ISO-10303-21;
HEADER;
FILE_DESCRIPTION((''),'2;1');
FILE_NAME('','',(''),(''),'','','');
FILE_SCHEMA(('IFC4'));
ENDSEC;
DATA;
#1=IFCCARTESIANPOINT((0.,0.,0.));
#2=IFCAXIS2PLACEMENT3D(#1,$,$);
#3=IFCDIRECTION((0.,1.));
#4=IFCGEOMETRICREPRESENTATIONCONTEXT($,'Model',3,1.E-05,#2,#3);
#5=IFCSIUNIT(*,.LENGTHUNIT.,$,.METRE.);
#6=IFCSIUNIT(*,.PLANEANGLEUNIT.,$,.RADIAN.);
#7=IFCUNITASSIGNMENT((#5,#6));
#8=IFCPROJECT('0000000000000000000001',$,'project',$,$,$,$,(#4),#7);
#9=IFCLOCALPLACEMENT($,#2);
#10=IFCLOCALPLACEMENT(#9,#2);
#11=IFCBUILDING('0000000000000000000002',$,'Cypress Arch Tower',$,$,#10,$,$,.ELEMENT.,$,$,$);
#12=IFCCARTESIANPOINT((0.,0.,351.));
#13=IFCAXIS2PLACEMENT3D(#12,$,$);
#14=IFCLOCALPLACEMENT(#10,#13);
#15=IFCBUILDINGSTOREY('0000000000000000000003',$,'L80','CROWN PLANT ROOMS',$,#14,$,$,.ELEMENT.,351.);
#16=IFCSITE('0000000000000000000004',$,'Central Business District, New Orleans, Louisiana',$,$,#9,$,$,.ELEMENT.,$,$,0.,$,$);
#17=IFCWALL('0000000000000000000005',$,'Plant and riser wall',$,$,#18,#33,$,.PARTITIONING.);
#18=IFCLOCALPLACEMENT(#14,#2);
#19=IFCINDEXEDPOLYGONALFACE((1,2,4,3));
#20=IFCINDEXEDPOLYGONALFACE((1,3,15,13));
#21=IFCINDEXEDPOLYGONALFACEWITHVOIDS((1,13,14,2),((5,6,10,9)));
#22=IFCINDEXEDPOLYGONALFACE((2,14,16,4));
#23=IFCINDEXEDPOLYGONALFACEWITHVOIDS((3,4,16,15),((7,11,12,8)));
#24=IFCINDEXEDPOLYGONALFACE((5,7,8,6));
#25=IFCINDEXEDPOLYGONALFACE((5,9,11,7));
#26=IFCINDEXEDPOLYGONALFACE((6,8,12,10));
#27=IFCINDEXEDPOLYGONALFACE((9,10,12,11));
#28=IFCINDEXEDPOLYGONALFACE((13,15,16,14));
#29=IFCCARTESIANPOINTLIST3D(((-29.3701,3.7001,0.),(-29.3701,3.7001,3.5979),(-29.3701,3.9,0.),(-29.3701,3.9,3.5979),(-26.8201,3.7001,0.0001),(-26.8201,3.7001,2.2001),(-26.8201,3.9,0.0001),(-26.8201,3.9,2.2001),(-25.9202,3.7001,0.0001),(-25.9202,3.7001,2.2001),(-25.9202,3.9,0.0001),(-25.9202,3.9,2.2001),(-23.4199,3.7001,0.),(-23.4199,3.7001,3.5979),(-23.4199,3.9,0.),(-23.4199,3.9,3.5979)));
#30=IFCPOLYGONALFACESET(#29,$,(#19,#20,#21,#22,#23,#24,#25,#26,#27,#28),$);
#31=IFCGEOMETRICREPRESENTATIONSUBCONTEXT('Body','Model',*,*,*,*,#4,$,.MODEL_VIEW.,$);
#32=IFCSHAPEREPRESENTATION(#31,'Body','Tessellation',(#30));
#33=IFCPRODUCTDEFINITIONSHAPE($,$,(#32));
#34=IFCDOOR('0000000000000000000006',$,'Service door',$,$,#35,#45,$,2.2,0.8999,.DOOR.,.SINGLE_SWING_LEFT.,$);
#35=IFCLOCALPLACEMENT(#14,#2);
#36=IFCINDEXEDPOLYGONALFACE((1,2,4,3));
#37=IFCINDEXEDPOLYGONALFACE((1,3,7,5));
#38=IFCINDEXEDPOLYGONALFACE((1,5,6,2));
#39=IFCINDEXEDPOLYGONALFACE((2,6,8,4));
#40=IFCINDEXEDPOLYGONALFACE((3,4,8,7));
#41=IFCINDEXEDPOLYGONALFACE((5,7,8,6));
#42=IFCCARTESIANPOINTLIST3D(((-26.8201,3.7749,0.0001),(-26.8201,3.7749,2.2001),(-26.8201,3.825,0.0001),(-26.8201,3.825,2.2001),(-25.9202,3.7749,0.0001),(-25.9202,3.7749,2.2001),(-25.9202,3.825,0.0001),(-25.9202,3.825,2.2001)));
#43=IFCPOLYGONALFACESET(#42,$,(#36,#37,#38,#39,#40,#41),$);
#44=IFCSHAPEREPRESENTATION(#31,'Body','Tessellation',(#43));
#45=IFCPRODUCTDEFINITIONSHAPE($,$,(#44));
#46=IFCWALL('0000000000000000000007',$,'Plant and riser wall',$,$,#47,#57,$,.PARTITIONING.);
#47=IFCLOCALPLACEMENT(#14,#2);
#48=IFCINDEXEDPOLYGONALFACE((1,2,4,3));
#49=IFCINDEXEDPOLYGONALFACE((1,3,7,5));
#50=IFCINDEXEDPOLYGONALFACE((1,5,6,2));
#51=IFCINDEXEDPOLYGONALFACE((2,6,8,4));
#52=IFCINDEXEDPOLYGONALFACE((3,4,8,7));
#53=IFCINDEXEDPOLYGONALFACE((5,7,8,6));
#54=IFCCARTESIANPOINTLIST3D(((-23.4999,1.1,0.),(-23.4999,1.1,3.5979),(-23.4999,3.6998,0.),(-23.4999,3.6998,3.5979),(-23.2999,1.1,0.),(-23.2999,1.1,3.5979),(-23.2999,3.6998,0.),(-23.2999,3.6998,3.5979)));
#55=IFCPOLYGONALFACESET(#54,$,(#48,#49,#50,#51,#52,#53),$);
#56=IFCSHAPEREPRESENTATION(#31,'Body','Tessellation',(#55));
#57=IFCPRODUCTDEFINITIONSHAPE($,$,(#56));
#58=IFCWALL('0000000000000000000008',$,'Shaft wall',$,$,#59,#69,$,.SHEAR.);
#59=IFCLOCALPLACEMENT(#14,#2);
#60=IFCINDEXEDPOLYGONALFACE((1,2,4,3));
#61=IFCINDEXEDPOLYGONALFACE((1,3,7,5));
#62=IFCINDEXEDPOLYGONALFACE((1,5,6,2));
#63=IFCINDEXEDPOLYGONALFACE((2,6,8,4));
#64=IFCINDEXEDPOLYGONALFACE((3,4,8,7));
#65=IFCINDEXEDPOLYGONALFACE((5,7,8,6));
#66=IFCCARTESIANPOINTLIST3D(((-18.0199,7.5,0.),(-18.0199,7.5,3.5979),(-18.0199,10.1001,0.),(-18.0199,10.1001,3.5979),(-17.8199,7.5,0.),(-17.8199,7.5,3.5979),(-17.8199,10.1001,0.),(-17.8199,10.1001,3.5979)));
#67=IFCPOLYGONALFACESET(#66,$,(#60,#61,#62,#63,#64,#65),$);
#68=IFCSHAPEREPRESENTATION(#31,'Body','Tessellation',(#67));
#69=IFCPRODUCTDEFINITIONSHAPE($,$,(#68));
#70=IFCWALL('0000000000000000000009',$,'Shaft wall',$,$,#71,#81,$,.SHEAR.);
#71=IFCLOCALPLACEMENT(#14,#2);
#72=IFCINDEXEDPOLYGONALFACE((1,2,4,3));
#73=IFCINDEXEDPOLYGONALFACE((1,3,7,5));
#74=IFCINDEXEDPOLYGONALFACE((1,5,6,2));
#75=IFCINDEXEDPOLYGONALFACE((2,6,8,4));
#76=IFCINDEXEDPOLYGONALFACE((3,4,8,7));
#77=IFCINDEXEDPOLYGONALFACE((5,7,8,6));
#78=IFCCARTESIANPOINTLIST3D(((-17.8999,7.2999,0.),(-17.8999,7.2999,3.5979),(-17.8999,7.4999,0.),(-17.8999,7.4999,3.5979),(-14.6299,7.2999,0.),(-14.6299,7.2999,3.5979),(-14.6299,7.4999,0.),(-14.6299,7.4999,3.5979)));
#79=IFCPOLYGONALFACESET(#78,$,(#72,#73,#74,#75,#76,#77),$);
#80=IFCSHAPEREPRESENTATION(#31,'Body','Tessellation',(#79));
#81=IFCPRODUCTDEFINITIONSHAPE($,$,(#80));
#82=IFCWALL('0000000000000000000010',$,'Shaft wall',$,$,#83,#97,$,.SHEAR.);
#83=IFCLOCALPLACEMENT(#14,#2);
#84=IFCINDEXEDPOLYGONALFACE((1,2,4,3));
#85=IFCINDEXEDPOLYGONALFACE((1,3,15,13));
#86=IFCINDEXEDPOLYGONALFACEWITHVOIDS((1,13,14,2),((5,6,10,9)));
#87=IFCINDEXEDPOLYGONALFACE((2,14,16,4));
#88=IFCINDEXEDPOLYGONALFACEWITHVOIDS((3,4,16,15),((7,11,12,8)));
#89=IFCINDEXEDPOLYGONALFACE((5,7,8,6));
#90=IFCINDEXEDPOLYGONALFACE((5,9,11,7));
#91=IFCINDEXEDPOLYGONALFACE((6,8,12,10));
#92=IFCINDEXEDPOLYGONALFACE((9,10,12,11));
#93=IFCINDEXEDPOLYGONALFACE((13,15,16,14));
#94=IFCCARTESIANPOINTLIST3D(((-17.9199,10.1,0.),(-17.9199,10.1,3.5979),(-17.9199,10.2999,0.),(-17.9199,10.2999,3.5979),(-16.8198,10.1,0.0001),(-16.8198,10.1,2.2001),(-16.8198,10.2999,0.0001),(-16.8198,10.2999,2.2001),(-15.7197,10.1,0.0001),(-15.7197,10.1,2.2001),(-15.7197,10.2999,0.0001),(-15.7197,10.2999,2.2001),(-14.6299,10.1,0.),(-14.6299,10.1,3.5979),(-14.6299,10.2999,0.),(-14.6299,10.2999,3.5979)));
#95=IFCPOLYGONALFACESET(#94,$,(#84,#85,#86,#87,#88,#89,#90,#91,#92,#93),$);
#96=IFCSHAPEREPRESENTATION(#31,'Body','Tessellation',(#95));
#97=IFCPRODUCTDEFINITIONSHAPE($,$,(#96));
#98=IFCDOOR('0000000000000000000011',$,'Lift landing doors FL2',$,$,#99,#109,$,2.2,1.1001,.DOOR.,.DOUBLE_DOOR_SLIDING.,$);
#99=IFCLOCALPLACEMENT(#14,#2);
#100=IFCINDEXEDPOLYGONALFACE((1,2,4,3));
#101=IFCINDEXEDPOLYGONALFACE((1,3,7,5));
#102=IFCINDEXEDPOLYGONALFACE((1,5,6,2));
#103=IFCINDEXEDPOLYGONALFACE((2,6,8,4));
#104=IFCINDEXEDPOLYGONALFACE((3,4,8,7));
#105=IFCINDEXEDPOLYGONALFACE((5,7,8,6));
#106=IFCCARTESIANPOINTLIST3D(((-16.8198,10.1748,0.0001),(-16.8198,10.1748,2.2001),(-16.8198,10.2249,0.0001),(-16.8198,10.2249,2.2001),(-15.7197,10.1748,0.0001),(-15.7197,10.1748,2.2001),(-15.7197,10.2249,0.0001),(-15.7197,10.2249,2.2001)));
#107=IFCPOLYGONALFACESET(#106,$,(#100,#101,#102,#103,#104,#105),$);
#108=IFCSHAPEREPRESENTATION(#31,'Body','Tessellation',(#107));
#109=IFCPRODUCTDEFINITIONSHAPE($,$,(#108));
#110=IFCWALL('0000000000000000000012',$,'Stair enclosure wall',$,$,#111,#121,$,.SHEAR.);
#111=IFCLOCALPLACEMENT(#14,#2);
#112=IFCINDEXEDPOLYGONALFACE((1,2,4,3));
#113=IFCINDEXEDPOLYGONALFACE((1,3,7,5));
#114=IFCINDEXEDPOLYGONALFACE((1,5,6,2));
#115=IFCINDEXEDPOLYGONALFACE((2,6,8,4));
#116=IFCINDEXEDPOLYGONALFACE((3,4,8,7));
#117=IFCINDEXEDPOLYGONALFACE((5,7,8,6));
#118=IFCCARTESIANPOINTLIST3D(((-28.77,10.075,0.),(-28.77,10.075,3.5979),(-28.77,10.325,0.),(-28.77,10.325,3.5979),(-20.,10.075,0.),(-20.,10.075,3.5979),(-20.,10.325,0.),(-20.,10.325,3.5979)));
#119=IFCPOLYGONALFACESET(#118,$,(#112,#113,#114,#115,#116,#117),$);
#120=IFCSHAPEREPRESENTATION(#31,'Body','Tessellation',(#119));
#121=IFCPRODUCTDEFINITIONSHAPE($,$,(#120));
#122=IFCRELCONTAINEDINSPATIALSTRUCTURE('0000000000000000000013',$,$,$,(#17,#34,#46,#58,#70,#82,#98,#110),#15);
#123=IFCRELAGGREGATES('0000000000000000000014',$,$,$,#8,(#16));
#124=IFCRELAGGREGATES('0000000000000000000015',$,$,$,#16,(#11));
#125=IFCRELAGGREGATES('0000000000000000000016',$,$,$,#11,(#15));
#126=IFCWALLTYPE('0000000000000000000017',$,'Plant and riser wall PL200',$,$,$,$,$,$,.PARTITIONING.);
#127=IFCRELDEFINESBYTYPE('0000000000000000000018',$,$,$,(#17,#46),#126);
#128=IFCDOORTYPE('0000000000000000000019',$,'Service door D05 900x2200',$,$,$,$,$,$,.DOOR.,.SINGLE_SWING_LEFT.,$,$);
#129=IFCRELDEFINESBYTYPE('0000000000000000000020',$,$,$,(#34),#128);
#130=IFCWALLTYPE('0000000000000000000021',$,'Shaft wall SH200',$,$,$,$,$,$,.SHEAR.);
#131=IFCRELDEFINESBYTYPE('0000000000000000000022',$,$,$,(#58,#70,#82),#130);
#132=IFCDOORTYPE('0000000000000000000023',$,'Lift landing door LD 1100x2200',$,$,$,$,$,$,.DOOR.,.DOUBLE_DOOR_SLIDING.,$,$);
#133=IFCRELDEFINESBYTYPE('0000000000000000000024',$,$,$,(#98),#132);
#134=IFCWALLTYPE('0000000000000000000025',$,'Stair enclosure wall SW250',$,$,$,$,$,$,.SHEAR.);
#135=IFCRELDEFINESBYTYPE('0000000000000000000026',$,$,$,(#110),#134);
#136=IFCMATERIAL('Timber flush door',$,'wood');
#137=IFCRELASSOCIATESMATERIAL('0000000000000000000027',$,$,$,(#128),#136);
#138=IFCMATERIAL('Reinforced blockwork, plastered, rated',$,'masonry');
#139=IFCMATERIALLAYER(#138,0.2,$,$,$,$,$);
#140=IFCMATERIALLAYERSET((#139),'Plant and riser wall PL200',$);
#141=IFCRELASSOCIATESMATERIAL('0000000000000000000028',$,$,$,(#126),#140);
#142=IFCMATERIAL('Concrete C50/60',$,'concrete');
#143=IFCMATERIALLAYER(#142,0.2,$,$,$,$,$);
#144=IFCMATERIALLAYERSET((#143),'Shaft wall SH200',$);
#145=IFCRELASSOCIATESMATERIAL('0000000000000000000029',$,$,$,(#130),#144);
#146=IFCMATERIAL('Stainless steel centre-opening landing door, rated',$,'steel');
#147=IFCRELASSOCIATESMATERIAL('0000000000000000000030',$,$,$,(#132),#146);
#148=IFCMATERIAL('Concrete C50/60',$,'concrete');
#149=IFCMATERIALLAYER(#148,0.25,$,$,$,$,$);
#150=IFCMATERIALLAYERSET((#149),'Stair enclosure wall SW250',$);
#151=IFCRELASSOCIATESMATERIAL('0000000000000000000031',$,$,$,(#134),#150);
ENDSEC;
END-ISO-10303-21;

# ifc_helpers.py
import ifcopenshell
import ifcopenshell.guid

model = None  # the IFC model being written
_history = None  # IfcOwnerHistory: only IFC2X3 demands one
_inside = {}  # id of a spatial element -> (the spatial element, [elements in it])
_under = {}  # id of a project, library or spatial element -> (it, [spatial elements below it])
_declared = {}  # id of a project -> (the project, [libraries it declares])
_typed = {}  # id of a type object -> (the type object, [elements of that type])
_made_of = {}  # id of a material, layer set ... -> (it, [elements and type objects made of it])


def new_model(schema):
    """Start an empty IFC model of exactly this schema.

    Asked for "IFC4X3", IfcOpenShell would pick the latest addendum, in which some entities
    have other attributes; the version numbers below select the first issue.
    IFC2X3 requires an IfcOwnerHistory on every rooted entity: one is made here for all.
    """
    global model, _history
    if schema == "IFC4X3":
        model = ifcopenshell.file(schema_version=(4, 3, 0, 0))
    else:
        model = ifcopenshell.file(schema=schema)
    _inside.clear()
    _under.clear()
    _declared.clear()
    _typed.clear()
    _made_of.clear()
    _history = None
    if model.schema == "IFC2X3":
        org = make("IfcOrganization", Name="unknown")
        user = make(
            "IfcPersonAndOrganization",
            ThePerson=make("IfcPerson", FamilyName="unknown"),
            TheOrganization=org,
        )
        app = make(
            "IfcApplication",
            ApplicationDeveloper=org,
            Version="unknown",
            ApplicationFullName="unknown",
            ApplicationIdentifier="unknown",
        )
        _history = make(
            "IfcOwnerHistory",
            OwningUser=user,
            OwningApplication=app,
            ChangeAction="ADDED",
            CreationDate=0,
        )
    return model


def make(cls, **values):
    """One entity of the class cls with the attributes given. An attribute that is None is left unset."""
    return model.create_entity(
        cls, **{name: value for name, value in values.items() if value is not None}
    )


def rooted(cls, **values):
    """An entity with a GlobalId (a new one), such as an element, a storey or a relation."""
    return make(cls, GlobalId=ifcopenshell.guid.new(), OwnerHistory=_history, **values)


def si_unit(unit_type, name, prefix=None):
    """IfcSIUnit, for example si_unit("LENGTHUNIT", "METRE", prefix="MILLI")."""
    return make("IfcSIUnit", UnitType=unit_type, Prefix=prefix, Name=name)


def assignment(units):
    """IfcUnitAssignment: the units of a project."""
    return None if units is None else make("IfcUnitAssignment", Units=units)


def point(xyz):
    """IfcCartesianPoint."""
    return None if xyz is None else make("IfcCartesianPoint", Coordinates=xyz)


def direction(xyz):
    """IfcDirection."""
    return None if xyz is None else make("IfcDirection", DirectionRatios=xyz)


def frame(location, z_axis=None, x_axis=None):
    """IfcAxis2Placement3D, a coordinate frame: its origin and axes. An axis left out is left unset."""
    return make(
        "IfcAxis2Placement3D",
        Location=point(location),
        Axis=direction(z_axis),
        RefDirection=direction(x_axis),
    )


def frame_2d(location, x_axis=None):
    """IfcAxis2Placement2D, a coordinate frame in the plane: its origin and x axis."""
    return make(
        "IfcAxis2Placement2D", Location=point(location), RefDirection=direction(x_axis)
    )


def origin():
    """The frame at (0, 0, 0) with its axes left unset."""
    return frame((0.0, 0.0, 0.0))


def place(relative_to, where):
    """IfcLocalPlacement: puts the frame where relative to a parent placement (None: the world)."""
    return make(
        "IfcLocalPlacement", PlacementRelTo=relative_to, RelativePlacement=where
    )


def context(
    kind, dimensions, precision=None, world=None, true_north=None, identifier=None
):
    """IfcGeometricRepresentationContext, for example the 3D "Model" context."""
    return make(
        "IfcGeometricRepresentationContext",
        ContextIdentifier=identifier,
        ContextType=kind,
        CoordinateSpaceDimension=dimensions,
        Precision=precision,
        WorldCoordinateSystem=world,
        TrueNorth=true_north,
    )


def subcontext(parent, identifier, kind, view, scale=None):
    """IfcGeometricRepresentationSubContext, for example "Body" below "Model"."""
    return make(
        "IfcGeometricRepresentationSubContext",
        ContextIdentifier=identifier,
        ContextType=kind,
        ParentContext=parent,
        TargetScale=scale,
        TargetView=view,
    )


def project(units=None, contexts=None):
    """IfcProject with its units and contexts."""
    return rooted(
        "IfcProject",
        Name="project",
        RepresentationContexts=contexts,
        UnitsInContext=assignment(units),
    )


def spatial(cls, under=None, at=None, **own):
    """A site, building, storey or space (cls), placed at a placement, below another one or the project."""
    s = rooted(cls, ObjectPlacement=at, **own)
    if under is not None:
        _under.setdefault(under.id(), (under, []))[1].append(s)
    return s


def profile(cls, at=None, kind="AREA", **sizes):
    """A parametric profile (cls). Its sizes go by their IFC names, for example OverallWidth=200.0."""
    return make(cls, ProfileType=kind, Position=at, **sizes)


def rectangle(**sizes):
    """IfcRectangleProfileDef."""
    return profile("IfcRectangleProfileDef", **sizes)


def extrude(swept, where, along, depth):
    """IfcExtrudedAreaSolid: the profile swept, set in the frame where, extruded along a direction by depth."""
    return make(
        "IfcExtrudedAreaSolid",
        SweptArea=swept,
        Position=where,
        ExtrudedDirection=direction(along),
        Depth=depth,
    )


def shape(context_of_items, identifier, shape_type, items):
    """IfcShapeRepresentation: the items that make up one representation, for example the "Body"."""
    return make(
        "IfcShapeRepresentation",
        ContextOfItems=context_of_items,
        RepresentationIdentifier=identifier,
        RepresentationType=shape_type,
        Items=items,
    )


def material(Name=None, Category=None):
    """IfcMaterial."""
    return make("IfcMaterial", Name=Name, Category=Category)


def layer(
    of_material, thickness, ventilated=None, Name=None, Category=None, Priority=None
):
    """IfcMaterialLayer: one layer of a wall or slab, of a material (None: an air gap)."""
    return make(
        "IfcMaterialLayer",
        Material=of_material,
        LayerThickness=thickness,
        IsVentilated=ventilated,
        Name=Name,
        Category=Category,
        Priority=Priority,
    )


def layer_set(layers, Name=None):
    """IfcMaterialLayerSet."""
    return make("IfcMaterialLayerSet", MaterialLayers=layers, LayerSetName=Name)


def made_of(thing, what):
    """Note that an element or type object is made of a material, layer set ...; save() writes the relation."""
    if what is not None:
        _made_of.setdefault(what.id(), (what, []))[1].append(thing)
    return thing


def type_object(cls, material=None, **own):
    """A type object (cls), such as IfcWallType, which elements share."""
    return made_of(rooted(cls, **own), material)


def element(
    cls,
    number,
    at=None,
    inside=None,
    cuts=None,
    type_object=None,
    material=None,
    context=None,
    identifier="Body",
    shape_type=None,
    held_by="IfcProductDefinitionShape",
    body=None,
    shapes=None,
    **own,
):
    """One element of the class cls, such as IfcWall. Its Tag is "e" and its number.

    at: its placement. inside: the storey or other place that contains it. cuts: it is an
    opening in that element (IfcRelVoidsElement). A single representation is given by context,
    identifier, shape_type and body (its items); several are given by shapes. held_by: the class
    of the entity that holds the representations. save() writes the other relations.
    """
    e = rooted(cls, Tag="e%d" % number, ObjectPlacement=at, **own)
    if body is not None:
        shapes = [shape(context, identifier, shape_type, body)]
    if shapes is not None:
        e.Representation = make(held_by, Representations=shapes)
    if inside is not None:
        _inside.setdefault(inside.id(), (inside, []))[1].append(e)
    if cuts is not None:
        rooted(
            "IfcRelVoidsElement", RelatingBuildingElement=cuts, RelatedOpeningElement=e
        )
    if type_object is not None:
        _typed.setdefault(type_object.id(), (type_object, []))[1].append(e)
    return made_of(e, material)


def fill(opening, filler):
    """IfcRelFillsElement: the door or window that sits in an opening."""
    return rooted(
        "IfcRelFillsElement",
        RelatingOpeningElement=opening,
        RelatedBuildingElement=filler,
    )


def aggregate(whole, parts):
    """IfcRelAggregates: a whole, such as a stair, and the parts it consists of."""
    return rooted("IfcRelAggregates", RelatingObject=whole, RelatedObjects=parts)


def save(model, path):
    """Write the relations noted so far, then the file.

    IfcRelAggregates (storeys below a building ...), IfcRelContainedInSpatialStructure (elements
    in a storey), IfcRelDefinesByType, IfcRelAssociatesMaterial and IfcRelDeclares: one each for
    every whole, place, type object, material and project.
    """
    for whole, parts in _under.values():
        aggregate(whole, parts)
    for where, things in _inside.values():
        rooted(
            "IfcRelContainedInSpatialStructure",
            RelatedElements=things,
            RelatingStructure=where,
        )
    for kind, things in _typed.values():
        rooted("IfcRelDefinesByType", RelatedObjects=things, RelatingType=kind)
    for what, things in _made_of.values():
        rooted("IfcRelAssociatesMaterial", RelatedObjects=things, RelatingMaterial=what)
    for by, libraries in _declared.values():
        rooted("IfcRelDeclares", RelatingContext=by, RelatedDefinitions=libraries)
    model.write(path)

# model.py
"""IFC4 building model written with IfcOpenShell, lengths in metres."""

from ifc_helpers import new_model, si_unit, direction, frame, frame_2d, origin, place, context, subcontext, project, spatial, rectangle, extrude, material, layer, layer_set, type_object, element, fill, save


model = new_model("IFC4")

# Units and contexts
model_context = context("Model", 3, precision=1e-05, world=origin(), true_north=direction((0.0, 1.0)))
body_context = subcontext(model_context, "Body", "Model", "MODEL_VIEW")
ifc_project = project(units=[si_unit("LENGTHUNIT", "METRE"), si_unit("PLANEANGLEUNIT", "RADIAN")], contexts=[model_context])

# Site, building, storey
site_placement = place(None, origin())
site = spatial("IfcSite", under=ifc_project, at=site_placement, Name="Central Business District, New Orleans, Louisiana", CompositionType="ELEMENT", RefElevation=0.0)
building_placement = place(site_placement, origin())
building = spatial("IfcBuilding", under=site, at=building_placement, Name="Cypress Arch Tower", CompositionType="ELEMENT")
storey_placement = place(building_placement, frame((0.0, 0.0, 351.0)))
storey = spatial("IfcBuildingStorey", under=building, at=storey_placement, Name="L80", Description="CROWN PLANT ROOMS", CompositionType="ELEMENT", Elevation=351.0)

# Shared definitions
ifc_material_1 = material(Name="Timber flush door", Category="wood")
door_type_1 = type_object("IfcDoorType", Name="Service door D05 900x2200", OperationType="SINGLE_SWING_LEFT", PredefinedType="DOOR", material=ifc_material_1)

# Shared definitions
ifc_material_2 = material(Name="Reinforced blockwork, plastered, rated", Category="masonry")
ifc_layer_1 = layer(ifc_material_2, 0.2)
ifc_layer_set_1 = layer_set([ifc_layer_1], Name="Plant and riser wall PL200")
wall_type_1 = type_object("IfcWallType", Name="Plant and riser wall PL200", PredefinedType="PARTITIONING", material=ifc_layer_set_1)

# Wall, opening, door
wall_1_placement = place(storey_placement, frame((-29.3701, 3.8, 0.0), z_axis=(0.0, 0.0, 1.0), x_axis=(1.0, 0.0, 0.0)))
wall_1 = element("IfcWall", 1, at=wall_1_placement, inside=storey, type_object=wall_type_1, Name="Plant and riser wall", PredefinedType="PARTITIONING", context=body_context, shape_type="SweptSolid", body=[
    extrude(rectangle(XDim=5.9502, YDim=0.2, at=frame_2d((2.9751, 0.0))), origin(), (0.0, 0.0, 1.0), 3.5979),
])
opening_1_placement = place(wall_1_placement, frame((2.55, 0.0, 0.0)))
opening_1 = element("IfcOpeningElement", 2, at=opening_1_placement, cuts=wall_1, PredefinedType="OPENING", context=body_context, shape_type="SweptSolid", body=[
    extrude(rectangle(XDim=0.8999, YDim=2.2, at=frame_2d((0.45, 1.1001))), frame((0.0, 0.1099, 0.0), z_axis=(0.0, -1.0, 0.0), x_axis=(1.0, 0.0, 0.0)), (0.0, 0.0, 1.0), 0.22),
])
door_1_placement = place(opening_1_placement, origin())
door_1 = element("IfcDoor", 3, at=door_1_placement, inside=storey, type_object=door_type_1, Name="Service door", OperationType="SINGLE_SWING_LEFT", OverallHeight=2.2, OverallWidth=0.8999, PredefinedType="DOOR", context=body_context, shape_type="SweptSolid", body=[
    extrude(rectangle(XDim=0.8999, YDim=2.2, at=frame_2d((0.45, 1.1001))), frame((0.0, 0.0249, 0.0), z_axis=(0.0, -1.0, 0.0), x_axis=(1.0, 0.0, 0.0)), (0.0, 0.0, 1.0), 0.05),
])
fill(opening_1, door_1)

# Walls
wall_2_placement = place(storey_placement, frame((-23.3999, 1.1001, 0.0), z_axis=(0.0, 0.0, 1.0), x_axis=(0.0, 1.0, 0.0)))
element("IfcWall", 4, at=wall_2_placement, inside=storey, type_object=wall_type_1, Name="Plant and riser wall", PredefinedType="PARTITIONING", context=body_context, shape_type="SweptSolid", body=[
    extrude(rectangle(XDim=2.5999, YDim=0.2, at=frame_2d((1.2998, 0.0))), origin(), (0.0, 0.0, 1.0), 3.5979),
])
ifc_material_3 = material(Name="Concrete C50/60", Category="concrete")
ifc_layer_2 = layer(ifc_material_3, 0.2)
ifc_layer_set_2 = layer_set([ifc_layer_2], Name="Shaft wall SH200")
wall_type_2 = type_object("IfcWallType", Name="Shaft wall SH200", PredefinedType="SHEAR", material=ifc_layer_set_2)
wall_3_placement = place(storey_placement, frame((-17.9199, 7.5, 0.0), z_axis=(0.0, 0.0, 1.0), x_axis=(0.0, 1.0, 0.0)))
element("IfcWall", 5, at=wall_3_placement, inside=storey, type_object=wall_type_2, Name="Shaft wall", PredefinedType="SHEAR", context=body_context, shape_type="SweptSolid", body=[
    extrude(rectangle(XDim=2.6001, YDim=0.2, at=frame_2d((1.3, 0.0))), origin(), (0.0, 0.0, 1.0), 3.5979),
])
wall_4_placement = place(storey_placement, frame((-17.8999, 7.3999, 0.0), z_axis=(0.0, 0.0, 1.0), x_axis=(1.0, 0.0, 0.0)))
element("IfcWall", 6, at=wall_4_placement, inside=storey, type_object=wall_type_2, Name="Shaft wall", PredefinedType="SHEAR", context=body_context, shape_type="SweptSolid", body=[
    extrude(rectangle(XDim=3.27, YDim=0.2, at=frame_2d((1.635, 0.0))), origin(), (0.0, 0.0, 1.0), 3.5979),
])

# Wall, opening, door
wall_5_placement = place(storey_placement, frame((-17.9199, 10.2, 0.0), z_axis=(0.0, 0.0, 1.0), x_axis=(1.0, 0.0, 0.0)))
wall_5 = element("IfcWall", 7, at=wall_5_placement, inside=storey, type_object=wall_type_2, Name="Shaft wall", PredefinedType="SHEAR", context=body_context, shape_type="SweptSolid", body=[
    extrude(rectangle(XDim=3.29, YDim=0.2, at=frame_2d((1.645, 0.0))), origin(), (0.0, 0.0, 1.0), 3.5979),
])
opening_2_placement = place(wall_5_placement, frame((1.1001, 0.0, 0.0)))
opening_2 = element("IfcOpeningElement", 8, at=opening_2_placement, cuts=wall_5, PredefinedType="OPENING", context=body_context, shape_type="SweptSolid", body=[
    extrude(rectangle(XDim=1.1001, YDim=2.2, at=frame_2d((0.55, 1.1001))), frame((0.0, 0.1099, 0.0), z_axis=(0.0, -1.0, 0.0), x_axis=(1.0, 0.0, 0.0)), (0.0, 0.0, 1.0), 0.22),
])
ifc_material_4 = material(Name="Stainless steel centre-opening landing door, rated", Category="steel")
door_type_2 = type_object("IfcDoorType", Name="Lift landing door LD 1100x2200", OperationType="DOUBLE_DOOR_SLIDING", PredefinedType="DOOR", material=ifc_material_4)
door_2_placement = place(opening_2_placement, origin())
door_2 = element("IfcDoor", 9, at=door_2_placement, inside=storey, type_object=door_type_2, Name="Lift landing doors FL2", OperationType="DOUBLE_DOOR_SLIDING", OverallHeight=2.2, OverallWidth=1.1001, PredefinedType="DOOR", context=body_context, shape_type="SweptSolid", body=[
    extrude(rectangle(XDim=1.1001, YDim=2.2, at=frame_2d((0.55, 1.1001))), frame((0.0, 0.0249, 0.0), z_axis=(0.0, -1.0, 0.0), x_axis=(1.0, 0.0, 0.0)), (0.0, 0.0, 1.0), 0.05),
])
fill(opening_2, door_2)

# Wall
ifc_material_5 = material(Name="Concrete C50/60", Category="concrete")
ifc_layer_3 = layer(ifc_material_5, 0.25)
ifc_layer_set_3 = layer_set([ifc_layer_3], Name="Stair enclosure wall SW250")
wall_type_3 = type_object("IfcWallType", Name="Stair enclosure wall SW250", PredefinedType="SHEAR", material=ifc_layer_set_3)
wall_6_placement = place(storey_placement, frame((-28.77, 10.2, 0.0), z_axis=(0.0, 0.0, 1.0), x_axis=(1.0, 0.0, 0.0)))
element("IfcWall", 10, at=wall_6_placement, inside=storey, type_object=wall_type_3, Name="Stair enclosure wall", PredefinedType="SHEAR", context=body_context, shape_type="SweptSolid", body=[
    extrude(rectangle(XDim=8.77, YDim=0.25, at=frame_2d((4.385, 0.0))), origin(), (0.0, 0.0, 1.0), 3.5979),
])

save(model, "model.ifc")
